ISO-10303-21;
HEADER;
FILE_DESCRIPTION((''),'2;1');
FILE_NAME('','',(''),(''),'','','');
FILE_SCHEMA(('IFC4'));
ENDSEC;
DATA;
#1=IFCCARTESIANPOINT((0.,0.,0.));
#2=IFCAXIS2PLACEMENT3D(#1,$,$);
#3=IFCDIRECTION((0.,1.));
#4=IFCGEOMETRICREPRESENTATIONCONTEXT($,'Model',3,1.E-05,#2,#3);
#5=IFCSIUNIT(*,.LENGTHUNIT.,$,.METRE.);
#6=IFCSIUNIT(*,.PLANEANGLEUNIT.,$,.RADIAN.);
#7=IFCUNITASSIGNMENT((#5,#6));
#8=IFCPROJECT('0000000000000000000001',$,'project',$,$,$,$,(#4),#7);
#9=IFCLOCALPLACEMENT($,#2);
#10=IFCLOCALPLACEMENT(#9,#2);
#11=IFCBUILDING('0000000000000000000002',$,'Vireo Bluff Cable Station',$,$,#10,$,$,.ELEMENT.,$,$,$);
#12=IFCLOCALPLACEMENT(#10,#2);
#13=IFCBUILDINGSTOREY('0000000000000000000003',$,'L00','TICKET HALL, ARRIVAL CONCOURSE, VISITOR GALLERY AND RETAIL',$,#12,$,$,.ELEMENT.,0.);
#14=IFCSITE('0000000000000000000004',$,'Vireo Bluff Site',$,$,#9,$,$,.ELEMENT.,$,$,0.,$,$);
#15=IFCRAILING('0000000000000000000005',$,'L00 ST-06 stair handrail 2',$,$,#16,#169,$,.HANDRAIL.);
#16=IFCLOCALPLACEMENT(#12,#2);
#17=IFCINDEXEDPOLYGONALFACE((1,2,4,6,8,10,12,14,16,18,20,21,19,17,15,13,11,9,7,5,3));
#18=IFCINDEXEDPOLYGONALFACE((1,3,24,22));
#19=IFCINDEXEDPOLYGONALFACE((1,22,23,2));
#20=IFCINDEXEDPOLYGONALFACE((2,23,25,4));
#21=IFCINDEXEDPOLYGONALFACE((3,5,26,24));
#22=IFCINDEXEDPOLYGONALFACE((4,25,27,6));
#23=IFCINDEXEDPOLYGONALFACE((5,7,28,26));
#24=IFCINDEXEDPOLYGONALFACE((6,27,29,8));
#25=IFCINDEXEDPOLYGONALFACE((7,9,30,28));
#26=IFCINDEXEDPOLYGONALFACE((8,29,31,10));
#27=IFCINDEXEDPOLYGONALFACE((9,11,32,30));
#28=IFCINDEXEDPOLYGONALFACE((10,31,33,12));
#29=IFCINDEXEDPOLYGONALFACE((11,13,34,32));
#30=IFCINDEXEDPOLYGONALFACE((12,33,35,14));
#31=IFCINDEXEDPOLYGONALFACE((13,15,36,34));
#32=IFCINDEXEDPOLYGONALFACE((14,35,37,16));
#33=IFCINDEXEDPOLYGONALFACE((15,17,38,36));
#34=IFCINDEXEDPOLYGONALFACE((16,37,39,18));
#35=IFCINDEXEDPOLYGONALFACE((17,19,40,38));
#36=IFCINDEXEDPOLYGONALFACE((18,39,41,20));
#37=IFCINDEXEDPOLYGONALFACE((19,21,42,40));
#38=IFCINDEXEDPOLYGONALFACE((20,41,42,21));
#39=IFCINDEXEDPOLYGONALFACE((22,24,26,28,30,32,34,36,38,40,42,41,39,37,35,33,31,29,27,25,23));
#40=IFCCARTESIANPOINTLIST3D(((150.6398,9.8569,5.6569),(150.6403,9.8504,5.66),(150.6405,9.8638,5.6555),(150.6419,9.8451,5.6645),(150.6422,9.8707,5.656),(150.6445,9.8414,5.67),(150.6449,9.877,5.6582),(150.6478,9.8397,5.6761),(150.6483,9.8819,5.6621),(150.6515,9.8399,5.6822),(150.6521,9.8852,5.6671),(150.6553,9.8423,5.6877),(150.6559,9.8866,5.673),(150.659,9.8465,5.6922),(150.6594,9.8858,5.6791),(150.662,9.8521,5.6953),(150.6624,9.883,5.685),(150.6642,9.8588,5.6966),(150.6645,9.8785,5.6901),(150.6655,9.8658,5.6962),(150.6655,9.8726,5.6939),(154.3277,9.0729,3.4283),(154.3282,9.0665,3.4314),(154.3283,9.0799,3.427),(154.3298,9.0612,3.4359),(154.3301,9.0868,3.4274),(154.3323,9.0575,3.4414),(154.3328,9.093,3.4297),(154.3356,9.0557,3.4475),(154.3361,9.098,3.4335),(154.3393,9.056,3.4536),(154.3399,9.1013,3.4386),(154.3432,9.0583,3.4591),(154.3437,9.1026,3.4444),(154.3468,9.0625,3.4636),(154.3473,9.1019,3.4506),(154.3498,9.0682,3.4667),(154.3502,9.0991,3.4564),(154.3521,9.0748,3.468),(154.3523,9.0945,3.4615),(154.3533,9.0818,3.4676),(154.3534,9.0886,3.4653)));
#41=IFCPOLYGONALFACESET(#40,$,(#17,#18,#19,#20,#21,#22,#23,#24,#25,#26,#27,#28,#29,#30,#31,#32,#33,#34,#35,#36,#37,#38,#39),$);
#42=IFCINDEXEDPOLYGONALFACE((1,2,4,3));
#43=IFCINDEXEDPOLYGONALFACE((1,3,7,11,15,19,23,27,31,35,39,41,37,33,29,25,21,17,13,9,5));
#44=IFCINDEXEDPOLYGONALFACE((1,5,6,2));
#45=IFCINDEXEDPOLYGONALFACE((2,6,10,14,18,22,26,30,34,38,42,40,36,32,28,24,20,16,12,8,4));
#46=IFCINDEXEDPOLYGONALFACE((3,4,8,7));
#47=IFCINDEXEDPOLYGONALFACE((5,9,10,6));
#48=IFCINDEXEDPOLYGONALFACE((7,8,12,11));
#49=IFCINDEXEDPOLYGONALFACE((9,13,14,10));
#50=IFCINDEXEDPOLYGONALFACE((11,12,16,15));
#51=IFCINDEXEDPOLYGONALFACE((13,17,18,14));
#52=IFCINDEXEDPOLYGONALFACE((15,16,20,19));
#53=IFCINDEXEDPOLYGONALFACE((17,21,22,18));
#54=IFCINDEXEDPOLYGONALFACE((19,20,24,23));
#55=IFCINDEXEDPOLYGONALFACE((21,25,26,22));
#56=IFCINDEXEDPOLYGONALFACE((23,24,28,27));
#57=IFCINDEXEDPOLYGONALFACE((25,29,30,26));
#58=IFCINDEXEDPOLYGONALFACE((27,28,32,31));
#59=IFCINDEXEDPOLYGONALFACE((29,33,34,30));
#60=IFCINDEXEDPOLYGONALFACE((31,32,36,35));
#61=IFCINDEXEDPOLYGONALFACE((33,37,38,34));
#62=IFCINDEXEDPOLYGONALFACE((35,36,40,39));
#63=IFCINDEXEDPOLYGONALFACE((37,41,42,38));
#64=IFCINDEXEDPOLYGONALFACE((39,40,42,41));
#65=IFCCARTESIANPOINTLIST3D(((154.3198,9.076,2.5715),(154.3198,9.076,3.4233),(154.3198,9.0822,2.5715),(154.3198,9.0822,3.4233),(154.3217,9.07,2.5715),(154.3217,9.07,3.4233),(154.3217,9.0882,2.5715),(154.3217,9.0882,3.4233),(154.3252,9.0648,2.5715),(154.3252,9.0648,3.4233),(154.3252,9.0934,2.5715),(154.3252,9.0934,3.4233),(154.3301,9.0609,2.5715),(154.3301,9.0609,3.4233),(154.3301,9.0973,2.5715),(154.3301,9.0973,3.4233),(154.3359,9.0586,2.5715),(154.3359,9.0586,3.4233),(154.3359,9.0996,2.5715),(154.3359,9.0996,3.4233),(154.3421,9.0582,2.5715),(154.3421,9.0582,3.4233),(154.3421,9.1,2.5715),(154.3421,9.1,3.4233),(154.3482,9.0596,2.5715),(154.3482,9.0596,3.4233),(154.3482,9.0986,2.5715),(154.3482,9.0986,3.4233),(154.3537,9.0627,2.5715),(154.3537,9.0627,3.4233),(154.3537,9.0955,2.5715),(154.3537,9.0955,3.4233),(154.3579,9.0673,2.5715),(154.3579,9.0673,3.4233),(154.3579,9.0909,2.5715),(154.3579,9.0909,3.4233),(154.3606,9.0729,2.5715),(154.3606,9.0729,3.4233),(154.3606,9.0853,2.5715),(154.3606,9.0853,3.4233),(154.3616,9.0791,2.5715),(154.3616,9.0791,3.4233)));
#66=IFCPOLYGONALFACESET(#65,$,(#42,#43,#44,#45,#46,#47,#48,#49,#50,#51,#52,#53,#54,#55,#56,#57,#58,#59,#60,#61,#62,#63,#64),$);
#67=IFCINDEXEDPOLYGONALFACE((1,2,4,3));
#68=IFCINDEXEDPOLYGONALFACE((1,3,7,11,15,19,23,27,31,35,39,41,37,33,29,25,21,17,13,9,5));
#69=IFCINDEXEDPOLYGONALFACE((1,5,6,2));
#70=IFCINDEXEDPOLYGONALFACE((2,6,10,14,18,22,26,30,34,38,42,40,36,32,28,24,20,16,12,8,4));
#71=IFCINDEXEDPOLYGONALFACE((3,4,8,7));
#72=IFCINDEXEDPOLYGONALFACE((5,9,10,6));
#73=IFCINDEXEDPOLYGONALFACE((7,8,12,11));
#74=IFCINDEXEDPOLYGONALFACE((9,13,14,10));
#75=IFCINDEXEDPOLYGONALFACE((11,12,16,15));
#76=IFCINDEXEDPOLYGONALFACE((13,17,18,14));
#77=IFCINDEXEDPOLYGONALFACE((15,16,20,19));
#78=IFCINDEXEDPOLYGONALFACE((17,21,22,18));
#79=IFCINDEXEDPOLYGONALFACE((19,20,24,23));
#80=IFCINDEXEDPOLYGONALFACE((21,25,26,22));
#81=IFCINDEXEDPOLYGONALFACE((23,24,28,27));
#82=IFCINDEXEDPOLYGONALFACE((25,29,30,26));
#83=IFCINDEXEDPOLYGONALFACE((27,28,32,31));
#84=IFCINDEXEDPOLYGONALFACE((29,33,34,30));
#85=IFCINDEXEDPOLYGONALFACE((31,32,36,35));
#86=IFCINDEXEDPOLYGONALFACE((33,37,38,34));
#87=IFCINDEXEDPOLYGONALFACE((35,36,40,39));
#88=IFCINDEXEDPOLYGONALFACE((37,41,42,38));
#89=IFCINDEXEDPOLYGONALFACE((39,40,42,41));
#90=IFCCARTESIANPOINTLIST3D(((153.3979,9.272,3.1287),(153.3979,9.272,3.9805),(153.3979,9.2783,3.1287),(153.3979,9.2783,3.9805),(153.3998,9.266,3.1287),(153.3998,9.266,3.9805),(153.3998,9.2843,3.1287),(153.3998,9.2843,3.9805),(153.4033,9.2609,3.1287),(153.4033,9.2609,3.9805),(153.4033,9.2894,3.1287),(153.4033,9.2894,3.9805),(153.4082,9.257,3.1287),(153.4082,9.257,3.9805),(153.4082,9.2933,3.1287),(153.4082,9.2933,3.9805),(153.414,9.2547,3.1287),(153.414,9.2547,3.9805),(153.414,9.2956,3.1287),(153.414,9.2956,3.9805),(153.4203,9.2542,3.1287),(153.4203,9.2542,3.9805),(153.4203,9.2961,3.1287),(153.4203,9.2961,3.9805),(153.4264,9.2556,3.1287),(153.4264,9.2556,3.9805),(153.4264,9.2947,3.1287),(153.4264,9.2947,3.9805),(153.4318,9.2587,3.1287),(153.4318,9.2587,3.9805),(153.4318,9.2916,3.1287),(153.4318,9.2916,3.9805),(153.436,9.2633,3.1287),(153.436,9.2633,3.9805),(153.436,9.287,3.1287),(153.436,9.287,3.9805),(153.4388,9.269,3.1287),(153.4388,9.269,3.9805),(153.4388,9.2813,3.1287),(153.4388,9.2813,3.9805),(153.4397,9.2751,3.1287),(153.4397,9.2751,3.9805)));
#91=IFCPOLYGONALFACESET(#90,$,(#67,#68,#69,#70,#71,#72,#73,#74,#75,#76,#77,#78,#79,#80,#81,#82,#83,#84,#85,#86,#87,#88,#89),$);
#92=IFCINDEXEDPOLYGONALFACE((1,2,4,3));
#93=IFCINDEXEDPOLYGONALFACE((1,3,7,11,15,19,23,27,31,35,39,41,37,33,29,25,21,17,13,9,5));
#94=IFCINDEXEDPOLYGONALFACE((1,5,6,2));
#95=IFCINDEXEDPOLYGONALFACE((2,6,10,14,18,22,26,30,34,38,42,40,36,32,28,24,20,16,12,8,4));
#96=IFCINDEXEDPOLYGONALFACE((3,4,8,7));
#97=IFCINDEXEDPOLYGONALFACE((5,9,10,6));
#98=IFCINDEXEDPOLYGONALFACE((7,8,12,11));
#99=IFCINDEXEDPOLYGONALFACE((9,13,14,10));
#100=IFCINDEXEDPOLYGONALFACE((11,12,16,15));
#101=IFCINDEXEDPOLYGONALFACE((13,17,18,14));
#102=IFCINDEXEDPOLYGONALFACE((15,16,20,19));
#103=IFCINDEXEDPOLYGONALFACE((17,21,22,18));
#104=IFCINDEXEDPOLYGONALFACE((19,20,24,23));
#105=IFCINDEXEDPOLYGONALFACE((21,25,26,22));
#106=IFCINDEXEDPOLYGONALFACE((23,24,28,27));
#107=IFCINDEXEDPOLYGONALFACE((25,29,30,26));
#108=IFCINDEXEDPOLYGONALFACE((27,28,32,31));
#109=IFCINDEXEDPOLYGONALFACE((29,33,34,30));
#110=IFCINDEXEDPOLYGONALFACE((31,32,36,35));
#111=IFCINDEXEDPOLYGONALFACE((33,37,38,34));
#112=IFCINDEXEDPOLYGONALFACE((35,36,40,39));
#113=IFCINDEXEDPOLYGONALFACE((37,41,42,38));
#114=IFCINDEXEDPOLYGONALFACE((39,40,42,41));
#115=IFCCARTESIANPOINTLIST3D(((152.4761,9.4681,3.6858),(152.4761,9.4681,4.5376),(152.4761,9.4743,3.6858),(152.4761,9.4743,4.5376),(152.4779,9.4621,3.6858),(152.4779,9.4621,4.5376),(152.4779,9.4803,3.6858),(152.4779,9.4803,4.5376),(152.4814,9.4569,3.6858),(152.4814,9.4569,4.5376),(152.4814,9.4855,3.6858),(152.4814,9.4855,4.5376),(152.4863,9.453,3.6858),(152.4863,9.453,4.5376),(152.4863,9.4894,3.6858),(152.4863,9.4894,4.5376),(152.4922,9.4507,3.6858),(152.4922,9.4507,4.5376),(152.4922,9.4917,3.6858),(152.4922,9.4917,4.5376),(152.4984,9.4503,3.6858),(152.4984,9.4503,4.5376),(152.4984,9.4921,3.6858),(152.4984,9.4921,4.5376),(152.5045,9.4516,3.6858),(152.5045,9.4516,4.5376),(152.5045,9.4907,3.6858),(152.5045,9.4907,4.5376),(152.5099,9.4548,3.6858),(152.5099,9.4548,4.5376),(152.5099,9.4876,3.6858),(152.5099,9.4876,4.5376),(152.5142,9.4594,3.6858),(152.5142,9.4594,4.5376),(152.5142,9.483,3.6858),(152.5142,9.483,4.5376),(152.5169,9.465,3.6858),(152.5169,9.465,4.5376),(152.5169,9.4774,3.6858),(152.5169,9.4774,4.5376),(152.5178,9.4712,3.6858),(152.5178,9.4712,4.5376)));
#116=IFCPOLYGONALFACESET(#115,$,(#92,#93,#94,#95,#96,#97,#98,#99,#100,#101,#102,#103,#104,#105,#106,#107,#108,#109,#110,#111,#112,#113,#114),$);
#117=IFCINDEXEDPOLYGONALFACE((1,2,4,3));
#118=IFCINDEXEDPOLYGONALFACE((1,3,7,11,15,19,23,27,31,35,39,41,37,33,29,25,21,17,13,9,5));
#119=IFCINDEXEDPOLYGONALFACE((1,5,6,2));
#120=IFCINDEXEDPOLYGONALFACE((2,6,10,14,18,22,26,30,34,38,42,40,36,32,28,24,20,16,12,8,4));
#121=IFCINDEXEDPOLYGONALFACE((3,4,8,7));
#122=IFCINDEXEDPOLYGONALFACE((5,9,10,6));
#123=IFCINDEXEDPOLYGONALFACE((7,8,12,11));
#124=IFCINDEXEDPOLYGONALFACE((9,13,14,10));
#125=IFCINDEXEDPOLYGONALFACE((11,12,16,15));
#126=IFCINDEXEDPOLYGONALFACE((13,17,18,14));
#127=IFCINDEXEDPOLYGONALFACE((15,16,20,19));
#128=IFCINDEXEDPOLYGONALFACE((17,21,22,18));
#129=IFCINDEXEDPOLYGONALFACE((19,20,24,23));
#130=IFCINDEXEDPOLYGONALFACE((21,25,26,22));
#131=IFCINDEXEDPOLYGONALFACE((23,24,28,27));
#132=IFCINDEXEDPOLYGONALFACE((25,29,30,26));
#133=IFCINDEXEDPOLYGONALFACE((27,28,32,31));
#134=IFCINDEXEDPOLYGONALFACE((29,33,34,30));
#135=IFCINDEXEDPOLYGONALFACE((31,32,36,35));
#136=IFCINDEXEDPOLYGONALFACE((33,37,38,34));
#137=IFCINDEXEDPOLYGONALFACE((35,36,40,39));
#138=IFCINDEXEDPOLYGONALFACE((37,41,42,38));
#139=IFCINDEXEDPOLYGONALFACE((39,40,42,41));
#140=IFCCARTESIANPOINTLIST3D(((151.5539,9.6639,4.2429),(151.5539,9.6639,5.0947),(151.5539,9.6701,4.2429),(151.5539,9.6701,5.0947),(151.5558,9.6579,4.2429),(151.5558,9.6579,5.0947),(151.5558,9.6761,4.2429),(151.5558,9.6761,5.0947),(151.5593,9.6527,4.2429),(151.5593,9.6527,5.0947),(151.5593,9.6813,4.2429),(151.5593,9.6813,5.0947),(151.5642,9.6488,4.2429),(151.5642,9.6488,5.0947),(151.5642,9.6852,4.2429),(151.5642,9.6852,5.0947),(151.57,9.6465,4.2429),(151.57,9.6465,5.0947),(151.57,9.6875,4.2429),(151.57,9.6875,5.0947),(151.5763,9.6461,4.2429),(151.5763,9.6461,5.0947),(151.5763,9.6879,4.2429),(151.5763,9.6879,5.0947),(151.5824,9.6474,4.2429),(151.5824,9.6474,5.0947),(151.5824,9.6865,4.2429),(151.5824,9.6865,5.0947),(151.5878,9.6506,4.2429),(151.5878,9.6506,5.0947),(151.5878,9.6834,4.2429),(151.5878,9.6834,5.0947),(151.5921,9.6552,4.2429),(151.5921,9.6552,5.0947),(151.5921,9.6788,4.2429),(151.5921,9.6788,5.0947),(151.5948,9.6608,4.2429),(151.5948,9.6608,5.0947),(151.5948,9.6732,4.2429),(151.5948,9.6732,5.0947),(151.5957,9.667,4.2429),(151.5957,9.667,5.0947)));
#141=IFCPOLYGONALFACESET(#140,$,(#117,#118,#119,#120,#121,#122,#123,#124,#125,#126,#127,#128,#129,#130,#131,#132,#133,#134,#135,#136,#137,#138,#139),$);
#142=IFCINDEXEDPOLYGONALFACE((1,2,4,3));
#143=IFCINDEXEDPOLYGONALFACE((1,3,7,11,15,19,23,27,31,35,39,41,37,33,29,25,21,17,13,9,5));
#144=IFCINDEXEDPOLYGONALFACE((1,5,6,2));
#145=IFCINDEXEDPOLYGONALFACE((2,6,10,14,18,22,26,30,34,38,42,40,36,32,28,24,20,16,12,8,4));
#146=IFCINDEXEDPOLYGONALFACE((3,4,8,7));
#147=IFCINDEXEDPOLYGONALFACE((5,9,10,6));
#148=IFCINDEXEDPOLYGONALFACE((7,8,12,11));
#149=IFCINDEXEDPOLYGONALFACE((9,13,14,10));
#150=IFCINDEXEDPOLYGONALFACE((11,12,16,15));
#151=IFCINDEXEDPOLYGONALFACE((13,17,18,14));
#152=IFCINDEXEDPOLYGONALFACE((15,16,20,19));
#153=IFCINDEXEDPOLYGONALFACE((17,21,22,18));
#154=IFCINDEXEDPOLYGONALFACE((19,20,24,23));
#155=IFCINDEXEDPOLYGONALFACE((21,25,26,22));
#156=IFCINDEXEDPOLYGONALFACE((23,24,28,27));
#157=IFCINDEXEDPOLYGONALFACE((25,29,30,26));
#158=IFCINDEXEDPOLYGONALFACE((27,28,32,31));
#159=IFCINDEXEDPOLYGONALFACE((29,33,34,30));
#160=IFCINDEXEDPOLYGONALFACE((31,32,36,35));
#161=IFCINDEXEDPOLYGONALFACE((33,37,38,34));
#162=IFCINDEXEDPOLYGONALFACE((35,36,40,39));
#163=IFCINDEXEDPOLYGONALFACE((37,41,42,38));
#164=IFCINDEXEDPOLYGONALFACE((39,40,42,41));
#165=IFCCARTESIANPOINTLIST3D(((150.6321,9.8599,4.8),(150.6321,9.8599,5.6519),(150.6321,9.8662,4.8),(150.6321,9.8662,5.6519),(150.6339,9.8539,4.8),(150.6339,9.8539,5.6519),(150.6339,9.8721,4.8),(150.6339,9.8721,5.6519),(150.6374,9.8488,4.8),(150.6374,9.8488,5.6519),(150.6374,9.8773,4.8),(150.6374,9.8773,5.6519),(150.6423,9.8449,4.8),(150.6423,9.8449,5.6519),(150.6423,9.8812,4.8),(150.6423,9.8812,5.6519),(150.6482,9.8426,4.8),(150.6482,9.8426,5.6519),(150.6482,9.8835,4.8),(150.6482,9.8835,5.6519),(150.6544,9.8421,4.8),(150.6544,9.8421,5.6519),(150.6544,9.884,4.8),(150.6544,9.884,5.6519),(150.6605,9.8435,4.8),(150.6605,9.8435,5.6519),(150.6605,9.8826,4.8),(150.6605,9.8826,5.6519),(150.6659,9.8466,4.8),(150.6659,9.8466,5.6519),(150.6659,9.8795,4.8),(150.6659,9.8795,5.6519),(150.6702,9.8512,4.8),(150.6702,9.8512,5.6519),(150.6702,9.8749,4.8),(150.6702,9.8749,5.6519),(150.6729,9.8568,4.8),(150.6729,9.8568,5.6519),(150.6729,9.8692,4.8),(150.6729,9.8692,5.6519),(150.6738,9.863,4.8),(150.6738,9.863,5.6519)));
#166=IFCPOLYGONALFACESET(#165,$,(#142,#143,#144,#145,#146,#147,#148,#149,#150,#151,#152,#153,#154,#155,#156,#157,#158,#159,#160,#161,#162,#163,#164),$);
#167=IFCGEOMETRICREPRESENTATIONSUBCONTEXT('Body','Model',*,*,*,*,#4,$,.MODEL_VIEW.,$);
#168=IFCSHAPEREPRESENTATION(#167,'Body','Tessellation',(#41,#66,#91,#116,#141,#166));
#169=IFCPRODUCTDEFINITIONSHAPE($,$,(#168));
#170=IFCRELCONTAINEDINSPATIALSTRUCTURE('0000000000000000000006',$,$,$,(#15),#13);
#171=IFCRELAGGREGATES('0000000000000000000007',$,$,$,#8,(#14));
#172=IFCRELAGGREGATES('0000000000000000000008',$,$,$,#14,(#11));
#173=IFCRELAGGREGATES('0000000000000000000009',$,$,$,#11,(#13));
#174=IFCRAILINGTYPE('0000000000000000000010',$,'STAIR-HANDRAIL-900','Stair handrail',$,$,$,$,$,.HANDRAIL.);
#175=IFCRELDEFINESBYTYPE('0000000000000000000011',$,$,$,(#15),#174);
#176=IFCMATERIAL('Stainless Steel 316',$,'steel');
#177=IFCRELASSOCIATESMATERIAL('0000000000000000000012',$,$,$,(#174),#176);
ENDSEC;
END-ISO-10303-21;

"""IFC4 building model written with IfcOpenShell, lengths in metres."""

from ifc_helpers import new_model, si_unit, direction, frame, origin, origin_2d, place, context, subcontext, project, spatial, circle, extrude, material, type_object, element, save


model = new_model("IFC4")

# Units and contexts
model_context = context("Model", 3, precision=1e-05, world=origin(), true_north=direction((0.0, 1.0)))
body_context = subcontext(model_context, "Body", "Model", "MODEL_VIEW")
ifc_project = project(units=[si_unit("LENGTHUNIT", "METRE"), si_unit("PLANEANGLEUNIT", "RADIAN")], contexts=[model_context])

# Site, building, storey
site_placement = place(None, origin())
site = spatial("IfcSite", under=ifc_project, at=site_placement, Name="Vireo Bluff Site", CompositionType="ELEMENT", RefElevation=0.0)
building_placement = place(site_placement, origin())
building = spatial("IfcBuilding", under=site, at=building_placement, Name="Vireo Bluff Cable Station", CompositionType="ELEMENT")
storey_placement = place(building_placement, origin())
storey = spatial("IfcBuildingStorey", under=building, at=storey_placement, Name="L00", Description="TICKET HALL, ARRIVAL CONCOURSE, VISITOR GALLERY AND RETAIL", CompositionType="ELEMENT", Elevation=0.0)

# Railing
ifc_material_1 = material(Name="Stainless Steel 316", Category="steel")
railing_type_1 = type_object("IfcRailingType", Name="STAIR-HANDRAIL-900", Description="Stair handrail", PredefinedType="HANDRAIL", material=ifc_material_1)
railing_1_placement = place(storey_placement, frame((154.3406, 9.0791, 2.5715)))
element("IfcRailing", 1, at=railing_1_placement, inside=storey, type_object=railing_type_1, Name="L00 ST-06 stair handrail 2", PredefinedType="HANDRAIL", context=body_context, shape_type="SweptSolid", body=[
    extrude(circle(Radius=0.0239, at=origin_2d()), frame((0.0, 0.0, 0.876), z_axis=(-0.842041, 0.179, 0.508848), x_axis=(-0.207932, -0.978143, 0.0)), (0.0, 0.0, 1.0), 4.3796),
    extrude(circle(Radius=0.021, at=origin_2d()), origin(), (0.0, 0.0, 1.0), 0.8518),
    extrude(circle(Radius=0.021, at=origin_2d()), frame((-0.9219, 0.196, 0.5571)), (0.0, 0.0, 1.0), 0.8518),
    extrude(circle(Radius=0.021, at=origin_2d()), frame((-1.8438, 0.3921, 1.1143)), (0.0, 0.0, 1.0), 0.8518),
    extrude(circle(Radius=0.021, at=origin_2d()), frame((-2.7659, 0.5879, 1.6714)), (0.0, 0.0, 1.0), 0.8518),
    extrude(circle(Radius=0.021, at=origin_2d()), frame((-3.6877, 0.7839, 2.2285)), (0.0, 0.0, 1.0), 0.8518),
])

save(model, "model.ifc")
